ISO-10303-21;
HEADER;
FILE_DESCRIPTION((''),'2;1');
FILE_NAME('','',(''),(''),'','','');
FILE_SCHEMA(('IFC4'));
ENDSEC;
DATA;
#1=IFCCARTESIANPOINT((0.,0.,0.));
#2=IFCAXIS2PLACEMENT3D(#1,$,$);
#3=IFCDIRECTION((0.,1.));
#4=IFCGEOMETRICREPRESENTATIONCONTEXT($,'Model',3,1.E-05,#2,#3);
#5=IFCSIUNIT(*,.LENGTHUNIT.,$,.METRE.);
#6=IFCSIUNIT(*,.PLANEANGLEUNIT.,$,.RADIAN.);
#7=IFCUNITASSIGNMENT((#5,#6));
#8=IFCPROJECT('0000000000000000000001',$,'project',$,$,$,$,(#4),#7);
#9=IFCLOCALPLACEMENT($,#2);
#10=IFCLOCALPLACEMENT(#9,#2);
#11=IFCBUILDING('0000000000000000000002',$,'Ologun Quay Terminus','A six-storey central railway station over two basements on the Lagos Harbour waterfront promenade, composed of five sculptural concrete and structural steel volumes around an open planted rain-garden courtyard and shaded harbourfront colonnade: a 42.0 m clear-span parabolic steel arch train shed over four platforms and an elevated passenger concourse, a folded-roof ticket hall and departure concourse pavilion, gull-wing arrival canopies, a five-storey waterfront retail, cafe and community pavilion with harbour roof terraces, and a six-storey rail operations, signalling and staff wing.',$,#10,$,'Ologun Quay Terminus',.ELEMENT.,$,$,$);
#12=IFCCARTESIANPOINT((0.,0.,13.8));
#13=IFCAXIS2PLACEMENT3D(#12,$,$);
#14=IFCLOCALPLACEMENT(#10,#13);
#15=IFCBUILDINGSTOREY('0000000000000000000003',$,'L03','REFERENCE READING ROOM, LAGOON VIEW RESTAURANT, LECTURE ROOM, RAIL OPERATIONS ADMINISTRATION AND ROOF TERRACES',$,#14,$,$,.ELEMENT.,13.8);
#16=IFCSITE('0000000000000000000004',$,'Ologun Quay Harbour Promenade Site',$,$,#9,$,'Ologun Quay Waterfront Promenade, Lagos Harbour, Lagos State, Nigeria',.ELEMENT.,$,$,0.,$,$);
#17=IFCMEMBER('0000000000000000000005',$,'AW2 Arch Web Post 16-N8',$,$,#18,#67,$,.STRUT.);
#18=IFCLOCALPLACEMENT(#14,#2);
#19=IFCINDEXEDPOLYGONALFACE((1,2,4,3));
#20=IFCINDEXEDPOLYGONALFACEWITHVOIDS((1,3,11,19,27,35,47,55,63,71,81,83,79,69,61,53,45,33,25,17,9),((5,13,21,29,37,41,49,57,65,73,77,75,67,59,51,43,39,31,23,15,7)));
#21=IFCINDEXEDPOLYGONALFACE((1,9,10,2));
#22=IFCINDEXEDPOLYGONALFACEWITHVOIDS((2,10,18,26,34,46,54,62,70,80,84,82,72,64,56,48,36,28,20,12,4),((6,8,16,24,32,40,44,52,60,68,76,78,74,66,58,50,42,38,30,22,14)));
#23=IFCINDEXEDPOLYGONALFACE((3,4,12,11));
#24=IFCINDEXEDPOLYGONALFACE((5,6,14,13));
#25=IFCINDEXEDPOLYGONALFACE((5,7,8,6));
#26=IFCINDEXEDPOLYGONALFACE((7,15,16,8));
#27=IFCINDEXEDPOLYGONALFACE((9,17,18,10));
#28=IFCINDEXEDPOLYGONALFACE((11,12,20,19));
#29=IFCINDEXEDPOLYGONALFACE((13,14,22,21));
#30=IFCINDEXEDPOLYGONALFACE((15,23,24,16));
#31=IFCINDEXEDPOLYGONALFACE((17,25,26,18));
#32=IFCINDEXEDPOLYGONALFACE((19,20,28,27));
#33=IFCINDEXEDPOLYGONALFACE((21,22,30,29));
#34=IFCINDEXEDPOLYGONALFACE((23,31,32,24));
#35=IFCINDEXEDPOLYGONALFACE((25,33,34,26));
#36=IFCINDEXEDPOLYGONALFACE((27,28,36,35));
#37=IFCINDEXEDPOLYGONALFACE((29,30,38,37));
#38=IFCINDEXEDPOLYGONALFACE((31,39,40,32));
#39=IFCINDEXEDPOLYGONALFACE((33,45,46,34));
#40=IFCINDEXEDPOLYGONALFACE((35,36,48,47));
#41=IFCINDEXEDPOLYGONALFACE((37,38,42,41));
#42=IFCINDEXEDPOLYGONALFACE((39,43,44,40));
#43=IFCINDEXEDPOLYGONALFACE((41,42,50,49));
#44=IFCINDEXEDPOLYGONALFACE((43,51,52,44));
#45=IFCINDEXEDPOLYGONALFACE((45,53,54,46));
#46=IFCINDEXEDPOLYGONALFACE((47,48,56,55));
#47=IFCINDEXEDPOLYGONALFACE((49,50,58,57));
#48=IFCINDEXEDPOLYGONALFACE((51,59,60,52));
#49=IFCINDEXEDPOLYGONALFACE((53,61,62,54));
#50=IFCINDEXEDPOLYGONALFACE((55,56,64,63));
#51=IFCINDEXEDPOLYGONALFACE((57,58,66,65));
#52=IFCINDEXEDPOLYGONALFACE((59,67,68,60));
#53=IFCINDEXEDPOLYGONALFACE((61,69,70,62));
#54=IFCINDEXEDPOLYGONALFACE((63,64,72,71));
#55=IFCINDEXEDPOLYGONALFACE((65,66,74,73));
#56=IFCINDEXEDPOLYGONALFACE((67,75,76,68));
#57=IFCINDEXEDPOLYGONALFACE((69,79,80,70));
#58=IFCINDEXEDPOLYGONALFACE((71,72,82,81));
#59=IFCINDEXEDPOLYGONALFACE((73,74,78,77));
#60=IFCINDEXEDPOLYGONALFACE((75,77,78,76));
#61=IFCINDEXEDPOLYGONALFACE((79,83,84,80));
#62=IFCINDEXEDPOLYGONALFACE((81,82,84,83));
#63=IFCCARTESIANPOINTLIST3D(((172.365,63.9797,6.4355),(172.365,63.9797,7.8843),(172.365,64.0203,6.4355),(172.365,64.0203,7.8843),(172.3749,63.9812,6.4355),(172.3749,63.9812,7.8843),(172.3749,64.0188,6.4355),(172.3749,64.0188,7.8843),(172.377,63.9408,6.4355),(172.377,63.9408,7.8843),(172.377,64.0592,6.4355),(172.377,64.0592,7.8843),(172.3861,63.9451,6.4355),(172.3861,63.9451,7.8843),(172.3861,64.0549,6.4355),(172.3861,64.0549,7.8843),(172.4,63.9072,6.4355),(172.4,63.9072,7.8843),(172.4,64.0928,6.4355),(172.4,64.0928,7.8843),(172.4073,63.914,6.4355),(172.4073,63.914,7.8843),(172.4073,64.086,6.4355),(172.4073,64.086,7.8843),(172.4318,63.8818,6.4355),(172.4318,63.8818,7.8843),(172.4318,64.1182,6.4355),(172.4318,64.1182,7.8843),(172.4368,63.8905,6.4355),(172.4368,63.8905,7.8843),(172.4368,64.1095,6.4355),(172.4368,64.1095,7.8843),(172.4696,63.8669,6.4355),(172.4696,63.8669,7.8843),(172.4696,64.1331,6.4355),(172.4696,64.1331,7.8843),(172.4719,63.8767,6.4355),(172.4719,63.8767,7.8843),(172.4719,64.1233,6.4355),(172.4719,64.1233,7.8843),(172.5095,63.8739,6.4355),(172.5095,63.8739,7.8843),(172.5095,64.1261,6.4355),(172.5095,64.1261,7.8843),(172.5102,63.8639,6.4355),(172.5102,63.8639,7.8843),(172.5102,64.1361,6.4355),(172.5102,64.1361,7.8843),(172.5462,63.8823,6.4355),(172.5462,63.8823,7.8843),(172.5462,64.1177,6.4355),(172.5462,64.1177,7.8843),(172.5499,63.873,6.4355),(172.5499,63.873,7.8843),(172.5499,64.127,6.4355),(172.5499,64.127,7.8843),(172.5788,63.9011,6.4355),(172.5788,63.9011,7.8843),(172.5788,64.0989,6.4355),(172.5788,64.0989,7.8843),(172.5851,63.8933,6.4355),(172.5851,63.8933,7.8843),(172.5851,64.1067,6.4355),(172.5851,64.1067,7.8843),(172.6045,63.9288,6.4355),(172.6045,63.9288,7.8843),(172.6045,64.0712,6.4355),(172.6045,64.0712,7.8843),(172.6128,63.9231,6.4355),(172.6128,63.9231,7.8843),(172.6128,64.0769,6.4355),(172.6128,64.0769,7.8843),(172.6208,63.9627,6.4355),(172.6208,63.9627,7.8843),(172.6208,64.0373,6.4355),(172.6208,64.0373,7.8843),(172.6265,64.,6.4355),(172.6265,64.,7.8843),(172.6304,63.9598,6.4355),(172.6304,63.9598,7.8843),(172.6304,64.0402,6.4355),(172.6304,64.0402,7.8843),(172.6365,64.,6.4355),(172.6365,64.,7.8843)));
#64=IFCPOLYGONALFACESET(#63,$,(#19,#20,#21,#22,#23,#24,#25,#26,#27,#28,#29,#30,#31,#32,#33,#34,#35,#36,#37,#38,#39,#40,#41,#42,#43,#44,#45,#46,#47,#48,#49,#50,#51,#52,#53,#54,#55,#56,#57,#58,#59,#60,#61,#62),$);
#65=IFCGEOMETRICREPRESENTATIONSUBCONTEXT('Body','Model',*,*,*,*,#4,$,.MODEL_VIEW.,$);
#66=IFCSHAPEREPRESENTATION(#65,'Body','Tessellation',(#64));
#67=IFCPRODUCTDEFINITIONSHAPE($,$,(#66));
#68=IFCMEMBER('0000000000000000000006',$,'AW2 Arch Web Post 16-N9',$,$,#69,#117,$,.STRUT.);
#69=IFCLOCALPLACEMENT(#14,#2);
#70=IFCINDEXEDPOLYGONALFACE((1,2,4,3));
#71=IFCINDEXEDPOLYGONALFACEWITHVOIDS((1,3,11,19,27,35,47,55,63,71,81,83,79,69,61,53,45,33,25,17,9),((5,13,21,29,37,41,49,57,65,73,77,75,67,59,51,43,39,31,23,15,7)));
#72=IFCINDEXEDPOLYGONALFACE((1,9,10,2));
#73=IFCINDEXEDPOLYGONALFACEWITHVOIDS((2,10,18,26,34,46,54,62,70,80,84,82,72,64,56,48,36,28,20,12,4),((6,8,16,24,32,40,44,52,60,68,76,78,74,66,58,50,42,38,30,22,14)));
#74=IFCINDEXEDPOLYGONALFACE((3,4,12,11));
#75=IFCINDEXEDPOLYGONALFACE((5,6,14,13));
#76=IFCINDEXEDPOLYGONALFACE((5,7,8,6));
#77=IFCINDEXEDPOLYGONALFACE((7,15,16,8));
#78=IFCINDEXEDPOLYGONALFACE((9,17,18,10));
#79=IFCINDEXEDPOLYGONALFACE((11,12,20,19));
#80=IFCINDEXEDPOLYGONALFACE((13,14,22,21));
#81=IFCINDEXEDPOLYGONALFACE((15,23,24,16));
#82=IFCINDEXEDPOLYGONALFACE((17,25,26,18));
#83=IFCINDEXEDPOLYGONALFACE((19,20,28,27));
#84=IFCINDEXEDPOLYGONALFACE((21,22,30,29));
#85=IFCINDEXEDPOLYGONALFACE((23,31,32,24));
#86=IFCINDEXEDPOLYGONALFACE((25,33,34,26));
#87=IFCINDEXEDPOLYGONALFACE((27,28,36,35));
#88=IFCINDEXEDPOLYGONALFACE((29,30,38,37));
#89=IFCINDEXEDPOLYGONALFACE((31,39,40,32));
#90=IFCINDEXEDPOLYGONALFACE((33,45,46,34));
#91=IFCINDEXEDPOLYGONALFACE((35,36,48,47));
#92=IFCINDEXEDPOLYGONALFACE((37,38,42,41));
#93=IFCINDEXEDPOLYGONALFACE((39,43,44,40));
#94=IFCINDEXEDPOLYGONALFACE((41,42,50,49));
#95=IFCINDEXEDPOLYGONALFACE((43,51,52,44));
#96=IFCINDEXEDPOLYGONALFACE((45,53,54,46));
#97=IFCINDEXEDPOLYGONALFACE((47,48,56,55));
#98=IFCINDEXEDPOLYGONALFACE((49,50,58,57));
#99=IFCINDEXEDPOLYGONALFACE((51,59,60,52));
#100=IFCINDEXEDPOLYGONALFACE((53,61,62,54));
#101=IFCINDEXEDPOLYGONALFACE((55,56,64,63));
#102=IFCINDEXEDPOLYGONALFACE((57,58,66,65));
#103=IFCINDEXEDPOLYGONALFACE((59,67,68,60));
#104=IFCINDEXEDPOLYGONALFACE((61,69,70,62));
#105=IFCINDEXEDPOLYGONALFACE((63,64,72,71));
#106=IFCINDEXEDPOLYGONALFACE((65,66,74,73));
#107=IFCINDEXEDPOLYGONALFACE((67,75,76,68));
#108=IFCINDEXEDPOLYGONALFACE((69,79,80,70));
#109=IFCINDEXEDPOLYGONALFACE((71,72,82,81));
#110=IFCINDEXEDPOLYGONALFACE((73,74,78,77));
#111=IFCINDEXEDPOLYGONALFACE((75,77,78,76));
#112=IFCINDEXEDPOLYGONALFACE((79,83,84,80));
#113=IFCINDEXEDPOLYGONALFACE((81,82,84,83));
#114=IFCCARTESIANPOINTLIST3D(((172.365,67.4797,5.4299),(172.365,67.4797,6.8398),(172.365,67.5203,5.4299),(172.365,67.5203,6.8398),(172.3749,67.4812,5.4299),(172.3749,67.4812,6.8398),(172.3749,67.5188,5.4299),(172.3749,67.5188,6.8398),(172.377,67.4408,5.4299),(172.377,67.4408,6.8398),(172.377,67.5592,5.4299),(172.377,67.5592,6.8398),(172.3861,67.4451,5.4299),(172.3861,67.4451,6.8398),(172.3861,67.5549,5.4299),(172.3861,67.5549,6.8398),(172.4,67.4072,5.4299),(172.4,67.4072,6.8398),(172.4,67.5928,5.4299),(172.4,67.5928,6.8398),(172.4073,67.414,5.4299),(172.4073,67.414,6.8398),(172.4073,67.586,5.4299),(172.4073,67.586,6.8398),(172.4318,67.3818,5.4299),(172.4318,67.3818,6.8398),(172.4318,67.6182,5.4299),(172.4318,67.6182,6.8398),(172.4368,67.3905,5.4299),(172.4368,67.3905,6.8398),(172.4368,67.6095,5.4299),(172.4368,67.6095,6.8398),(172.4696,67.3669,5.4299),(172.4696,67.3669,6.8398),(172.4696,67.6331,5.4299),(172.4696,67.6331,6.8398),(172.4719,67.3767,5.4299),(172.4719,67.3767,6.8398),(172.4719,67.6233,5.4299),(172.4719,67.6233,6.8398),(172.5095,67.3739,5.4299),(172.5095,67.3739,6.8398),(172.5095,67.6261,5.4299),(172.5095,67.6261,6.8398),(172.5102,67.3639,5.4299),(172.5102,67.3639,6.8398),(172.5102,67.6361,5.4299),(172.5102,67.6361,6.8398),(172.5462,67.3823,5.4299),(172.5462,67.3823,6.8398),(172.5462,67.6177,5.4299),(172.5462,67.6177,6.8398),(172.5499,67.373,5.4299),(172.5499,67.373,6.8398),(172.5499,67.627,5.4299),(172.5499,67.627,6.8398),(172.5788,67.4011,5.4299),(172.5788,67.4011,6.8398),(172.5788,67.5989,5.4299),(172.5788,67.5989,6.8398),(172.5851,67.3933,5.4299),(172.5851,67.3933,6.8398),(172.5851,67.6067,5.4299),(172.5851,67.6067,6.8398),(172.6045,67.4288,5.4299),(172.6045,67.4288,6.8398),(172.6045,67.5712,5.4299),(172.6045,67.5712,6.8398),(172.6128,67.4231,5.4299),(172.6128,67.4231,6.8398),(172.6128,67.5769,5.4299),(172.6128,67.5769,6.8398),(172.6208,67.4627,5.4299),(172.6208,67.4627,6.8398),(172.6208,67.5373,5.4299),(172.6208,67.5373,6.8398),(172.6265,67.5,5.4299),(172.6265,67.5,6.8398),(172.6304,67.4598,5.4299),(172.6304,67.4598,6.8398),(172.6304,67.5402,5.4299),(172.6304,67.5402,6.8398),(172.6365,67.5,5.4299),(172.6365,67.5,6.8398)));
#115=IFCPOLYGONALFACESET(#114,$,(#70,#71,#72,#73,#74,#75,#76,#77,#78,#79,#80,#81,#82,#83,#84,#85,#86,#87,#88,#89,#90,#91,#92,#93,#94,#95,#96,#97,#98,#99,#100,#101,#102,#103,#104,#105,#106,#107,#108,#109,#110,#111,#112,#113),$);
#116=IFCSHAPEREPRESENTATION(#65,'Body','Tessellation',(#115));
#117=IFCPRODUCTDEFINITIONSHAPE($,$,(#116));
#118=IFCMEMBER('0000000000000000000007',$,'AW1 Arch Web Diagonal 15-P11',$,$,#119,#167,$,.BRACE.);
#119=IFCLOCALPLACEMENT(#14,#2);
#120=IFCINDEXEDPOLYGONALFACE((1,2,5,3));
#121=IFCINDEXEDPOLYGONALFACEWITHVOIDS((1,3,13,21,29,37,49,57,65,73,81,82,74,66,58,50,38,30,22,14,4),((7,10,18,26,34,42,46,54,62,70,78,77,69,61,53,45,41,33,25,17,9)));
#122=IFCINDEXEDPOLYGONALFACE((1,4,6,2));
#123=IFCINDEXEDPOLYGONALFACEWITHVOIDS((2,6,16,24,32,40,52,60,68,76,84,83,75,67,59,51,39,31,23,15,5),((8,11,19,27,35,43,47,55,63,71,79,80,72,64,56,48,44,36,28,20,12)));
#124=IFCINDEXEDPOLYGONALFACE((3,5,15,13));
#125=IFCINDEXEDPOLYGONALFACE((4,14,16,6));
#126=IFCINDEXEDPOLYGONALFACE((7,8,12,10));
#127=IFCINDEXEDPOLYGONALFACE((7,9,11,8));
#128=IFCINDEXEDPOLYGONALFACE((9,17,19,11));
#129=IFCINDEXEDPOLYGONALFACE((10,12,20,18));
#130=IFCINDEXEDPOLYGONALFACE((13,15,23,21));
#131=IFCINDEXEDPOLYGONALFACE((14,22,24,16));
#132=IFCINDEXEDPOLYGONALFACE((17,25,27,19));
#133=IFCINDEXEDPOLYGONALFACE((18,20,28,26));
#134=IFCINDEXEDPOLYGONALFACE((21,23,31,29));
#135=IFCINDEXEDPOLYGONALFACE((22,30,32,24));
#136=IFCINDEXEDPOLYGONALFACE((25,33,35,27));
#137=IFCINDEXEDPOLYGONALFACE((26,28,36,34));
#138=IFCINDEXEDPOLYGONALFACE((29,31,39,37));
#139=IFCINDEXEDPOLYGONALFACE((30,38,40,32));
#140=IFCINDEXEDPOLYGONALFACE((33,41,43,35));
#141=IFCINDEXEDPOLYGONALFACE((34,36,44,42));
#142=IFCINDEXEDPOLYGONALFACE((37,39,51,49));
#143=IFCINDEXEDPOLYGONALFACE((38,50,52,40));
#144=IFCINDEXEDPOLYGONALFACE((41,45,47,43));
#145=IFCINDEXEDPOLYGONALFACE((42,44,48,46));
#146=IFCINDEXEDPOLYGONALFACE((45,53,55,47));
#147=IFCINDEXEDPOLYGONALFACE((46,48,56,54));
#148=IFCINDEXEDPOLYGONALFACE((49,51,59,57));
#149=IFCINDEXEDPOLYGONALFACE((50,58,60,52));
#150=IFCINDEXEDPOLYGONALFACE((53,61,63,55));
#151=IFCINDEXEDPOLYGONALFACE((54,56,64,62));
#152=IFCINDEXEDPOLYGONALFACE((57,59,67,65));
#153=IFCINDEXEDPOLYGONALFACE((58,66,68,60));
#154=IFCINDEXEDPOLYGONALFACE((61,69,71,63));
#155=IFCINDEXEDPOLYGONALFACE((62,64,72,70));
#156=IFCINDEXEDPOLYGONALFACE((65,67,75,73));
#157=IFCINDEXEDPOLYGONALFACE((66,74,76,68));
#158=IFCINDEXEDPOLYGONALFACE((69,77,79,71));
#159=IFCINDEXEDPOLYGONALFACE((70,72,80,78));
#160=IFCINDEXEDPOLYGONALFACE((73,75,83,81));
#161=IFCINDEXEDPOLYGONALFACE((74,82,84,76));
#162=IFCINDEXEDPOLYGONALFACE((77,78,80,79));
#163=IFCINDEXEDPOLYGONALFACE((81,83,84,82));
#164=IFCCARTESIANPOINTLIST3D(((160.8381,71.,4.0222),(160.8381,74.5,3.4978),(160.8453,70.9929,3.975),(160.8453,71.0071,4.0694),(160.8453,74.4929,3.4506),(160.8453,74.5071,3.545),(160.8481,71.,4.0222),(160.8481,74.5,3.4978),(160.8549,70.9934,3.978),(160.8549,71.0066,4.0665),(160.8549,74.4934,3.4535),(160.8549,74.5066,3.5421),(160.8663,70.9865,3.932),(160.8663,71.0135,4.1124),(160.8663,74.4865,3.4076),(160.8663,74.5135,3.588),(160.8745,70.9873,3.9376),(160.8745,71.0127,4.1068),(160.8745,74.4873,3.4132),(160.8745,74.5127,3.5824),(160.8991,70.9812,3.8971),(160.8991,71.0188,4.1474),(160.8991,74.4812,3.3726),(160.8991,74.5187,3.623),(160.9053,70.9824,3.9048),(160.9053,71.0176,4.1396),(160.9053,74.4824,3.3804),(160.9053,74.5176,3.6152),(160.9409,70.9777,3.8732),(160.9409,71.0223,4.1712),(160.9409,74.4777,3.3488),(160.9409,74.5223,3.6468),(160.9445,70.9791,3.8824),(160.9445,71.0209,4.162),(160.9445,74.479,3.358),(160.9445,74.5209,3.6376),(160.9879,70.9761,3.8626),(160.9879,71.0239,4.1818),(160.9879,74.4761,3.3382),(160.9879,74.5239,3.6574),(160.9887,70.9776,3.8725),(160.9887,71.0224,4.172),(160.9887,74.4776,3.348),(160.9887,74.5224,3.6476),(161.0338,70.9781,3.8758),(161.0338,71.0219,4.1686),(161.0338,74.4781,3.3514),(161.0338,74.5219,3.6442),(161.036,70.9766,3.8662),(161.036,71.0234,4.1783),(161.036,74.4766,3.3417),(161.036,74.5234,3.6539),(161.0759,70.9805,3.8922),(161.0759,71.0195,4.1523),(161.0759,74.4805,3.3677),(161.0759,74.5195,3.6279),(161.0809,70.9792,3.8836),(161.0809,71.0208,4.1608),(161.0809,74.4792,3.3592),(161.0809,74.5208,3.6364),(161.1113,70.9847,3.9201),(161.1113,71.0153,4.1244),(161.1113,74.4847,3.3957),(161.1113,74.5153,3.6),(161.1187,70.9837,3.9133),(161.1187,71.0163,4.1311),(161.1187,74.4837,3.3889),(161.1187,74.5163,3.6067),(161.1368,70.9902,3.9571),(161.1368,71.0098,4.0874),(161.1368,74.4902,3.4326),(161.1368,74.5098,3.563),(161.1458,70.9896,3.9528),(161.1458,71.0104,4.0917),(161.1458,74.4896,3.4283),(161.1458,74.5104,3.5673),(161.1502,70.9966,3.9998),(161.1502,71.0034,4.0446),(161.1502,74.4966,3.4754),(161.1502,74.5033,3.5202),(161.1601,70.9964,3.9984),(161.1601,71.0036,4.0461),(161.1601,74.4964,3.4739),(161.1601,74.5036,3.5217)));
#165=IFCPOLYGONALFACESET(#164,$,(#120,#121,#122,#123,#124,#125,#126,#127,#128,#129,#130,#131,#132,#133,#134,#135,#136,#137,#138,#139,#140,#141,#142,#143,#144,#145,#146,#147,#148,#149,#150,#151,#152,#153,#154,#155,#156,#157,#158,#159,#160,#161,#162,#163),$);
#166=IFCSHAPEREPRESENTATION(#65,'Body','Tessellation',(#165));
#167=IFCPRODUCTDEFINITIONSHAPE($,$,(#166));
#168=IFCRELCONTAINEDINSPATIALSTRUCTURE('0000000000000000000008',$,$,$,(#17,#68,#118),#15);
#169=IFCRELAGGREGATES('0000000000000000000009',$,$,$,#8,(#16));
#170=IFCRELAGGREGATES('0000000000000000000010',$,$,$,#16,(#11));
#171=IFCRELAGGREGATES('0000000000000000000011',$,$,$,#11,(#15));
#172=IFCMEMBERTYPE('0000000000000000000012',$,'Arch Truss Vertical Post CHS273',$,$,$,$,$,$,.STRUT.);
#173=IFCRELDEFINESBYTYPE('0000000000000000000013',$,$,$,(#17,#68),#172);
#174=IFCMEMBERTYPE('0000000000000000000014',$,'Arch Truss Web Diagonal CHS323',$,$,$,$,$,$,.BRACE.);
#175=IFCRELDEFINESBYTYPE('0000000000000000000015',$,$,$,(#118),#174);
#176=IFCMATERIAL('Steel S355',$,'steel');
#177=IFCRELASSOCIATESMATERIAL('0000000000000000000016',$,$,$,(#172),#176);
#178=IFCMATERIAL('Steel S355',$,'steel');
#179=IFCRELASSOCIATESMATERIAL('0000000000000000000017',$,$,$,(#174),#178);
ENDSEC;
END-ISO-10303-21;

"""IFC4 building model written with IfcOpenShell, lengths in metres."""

from ifc_helpers import new_model, si_unit, direction, frame, origin, origin_2d, place, context, subcontext, project, spatial, hollow_circle, extrude, material, material_profile, profile_set, type_object, element, save


model = new_model("IFC4")

# Units and contexts
model_context = context("Model", 3, precision=1e-05, world=origin(), true_north=direction((0.0, 1.0)))
body_context = subcontext(model_context, "Body", "Model", "MODEL_VIEW")
ifc_project = project(units=[si_unit("LENGTHUNIT", "METRE"), si_unit("PLANEANGLEUNIT", "RADIAN")], contexts=[model_context])

# Site, building, storey
site_placement = place(None, origin())
site = spatial("IfcSite", under=ifc_project, at=site_placement, Name="Ologun Quay Harbour Promenade Site", LongName="Ologun Quay Waterfront Promenade, Lagos Harbour, Lagos State, Nigeria", CompositionType="ELEMENT", RefElevation=0.0)
building_placement = place(site_placement, origin())
building = spatial("IfcBuilding", under=site, at=building_placement, Name="Ologun Quay Terminus", Description="A six-storey central railway station over two basements on the Lagos Harbour waterfront promenade, composed of five sculptural concrete and structural steel volumes around an open planted rain-garden courtyard and shaded harbourfront colonnade: a 42.0 m clear-span parabolic steel arch train shed over four platforms and an elevated passenger concourse, a folded-roof ticket hall and departure concourse pavilion, gull-wing arrival canopies, a five-storey waterfront retail, cafe and community pavilion with harbour roof terraces, and a six-storey rail operations, signalling and staff wing.", LongName="Ologun Quay Terminus", CompositionType="ELEMENT")
storey_placement = place(building_placement, frame((0.0, 0.0, 13.8)))
storey = spatial("IfcBuildingStorey", under=building, at=storey_placement, Name="L03", Description="REFERENCE READING ROOM, LAGOON VIEW RESTAURANT, LECTURE ROOM, RAIL OPERATIONS ADMINISTRATION AND ROOF TERRACES", CompositionType="ELEMENT", Elevation=13.8)

# Members
ifc_material_1 = material(Name="Steel S355", Category="steel")
ifc_material_profile_1 = material_profile(ifc_material_1, hollow_circle(Radius=0.1365, WallThickness=0.01, at=origin_2d()), Name="CHS 273x10")
ifc_profile_set_1 = profile_set([ifc_material_profile_1], Name="Steel S355")
member_type_1 = type_object("IfcMemberType", Name="Arch Truss Vertical Post CHS273", PredefinedType="STRUT", material=ifc_profile_set_1)
member_1_placement = place(storey_placement, frame((172.5, 64.0, 6.4355), z_axis=(0.0, 0.0, 1.0), x_axis=(1.0, 0.0, 0.0)))
element("IfcMember", 1, at=member_1_placement, inside=storey, type_object=member_type_1, Name="AW2 Arch Web Post 16-N8", PredefinedType="STRUT", context=body_context, shape_type="SweptSolid", body=[
    extrude(hollow_circle(Radius=0.1365, WallThickness=0.01, at=origin_2d()), origin(), (0.0, 0.0, 1.0), 1.4487),
])
member_2_placement = place(storey_placement, frame((172.5, 67.5, 5.4299), z_axis=(0.0, 0.0, 1.0), x_axis=(1.0, 0.0, 0.0)))
element("IfcMember", 2, at=member_2_placement, inside=storey, type_object=member_type_1, Name="AW2 Arch Web Post 16-N9", PredefinedType="STRUT", context=body_context, shape_type="SweptSolid", body=[
    extrude(hollow_circle(Radius=0.1365, WallThickness=0.01, at=origin_2d()), origin(), (0.0, 0.0, 1.0), 1.4099),
])
ifc_material_2 = material(Name="Steel S355", Category="steel")
ifc_material_profile_2 = material_profile(ifc_material_2, hollow_circle(Radius=0.1619, WallThickness=0.01, at=origin_2d()), Name="CHS 323.9x10")
ifc_profile_set_2 = profile_set([ifc_material_profile_2], Name="Steel S355")
member_type_2 = type_object("IfcMemberType", Name="Arch Truss Web Diagonal CHS323", PredefinedType="BRACE", material=ifc_profile_set_2)
member_3_placement = place(storey_placement, frame((161.0, 71.0, 4.0222), z_axis=(0.0, 0.988961, -0.148179), x_axis=(-1.0, 0.0, 0.0)))
element("IfcMember", 3, at=member_3_placement, inside=storey, type_object=member_type_2, Name="AW1 Arch Web Diagonal 15-P11", PredefinedType="BRACE", context=body_context, shape_type="SweptSolid", body=[
    extrude(hollow_circle(Radius=0.1619, WallThickness=0.01, at=origin_2d()), origin(), (0.0, 0.0, 1.0), 3.5391),
])

save(model, "model.ifc")
